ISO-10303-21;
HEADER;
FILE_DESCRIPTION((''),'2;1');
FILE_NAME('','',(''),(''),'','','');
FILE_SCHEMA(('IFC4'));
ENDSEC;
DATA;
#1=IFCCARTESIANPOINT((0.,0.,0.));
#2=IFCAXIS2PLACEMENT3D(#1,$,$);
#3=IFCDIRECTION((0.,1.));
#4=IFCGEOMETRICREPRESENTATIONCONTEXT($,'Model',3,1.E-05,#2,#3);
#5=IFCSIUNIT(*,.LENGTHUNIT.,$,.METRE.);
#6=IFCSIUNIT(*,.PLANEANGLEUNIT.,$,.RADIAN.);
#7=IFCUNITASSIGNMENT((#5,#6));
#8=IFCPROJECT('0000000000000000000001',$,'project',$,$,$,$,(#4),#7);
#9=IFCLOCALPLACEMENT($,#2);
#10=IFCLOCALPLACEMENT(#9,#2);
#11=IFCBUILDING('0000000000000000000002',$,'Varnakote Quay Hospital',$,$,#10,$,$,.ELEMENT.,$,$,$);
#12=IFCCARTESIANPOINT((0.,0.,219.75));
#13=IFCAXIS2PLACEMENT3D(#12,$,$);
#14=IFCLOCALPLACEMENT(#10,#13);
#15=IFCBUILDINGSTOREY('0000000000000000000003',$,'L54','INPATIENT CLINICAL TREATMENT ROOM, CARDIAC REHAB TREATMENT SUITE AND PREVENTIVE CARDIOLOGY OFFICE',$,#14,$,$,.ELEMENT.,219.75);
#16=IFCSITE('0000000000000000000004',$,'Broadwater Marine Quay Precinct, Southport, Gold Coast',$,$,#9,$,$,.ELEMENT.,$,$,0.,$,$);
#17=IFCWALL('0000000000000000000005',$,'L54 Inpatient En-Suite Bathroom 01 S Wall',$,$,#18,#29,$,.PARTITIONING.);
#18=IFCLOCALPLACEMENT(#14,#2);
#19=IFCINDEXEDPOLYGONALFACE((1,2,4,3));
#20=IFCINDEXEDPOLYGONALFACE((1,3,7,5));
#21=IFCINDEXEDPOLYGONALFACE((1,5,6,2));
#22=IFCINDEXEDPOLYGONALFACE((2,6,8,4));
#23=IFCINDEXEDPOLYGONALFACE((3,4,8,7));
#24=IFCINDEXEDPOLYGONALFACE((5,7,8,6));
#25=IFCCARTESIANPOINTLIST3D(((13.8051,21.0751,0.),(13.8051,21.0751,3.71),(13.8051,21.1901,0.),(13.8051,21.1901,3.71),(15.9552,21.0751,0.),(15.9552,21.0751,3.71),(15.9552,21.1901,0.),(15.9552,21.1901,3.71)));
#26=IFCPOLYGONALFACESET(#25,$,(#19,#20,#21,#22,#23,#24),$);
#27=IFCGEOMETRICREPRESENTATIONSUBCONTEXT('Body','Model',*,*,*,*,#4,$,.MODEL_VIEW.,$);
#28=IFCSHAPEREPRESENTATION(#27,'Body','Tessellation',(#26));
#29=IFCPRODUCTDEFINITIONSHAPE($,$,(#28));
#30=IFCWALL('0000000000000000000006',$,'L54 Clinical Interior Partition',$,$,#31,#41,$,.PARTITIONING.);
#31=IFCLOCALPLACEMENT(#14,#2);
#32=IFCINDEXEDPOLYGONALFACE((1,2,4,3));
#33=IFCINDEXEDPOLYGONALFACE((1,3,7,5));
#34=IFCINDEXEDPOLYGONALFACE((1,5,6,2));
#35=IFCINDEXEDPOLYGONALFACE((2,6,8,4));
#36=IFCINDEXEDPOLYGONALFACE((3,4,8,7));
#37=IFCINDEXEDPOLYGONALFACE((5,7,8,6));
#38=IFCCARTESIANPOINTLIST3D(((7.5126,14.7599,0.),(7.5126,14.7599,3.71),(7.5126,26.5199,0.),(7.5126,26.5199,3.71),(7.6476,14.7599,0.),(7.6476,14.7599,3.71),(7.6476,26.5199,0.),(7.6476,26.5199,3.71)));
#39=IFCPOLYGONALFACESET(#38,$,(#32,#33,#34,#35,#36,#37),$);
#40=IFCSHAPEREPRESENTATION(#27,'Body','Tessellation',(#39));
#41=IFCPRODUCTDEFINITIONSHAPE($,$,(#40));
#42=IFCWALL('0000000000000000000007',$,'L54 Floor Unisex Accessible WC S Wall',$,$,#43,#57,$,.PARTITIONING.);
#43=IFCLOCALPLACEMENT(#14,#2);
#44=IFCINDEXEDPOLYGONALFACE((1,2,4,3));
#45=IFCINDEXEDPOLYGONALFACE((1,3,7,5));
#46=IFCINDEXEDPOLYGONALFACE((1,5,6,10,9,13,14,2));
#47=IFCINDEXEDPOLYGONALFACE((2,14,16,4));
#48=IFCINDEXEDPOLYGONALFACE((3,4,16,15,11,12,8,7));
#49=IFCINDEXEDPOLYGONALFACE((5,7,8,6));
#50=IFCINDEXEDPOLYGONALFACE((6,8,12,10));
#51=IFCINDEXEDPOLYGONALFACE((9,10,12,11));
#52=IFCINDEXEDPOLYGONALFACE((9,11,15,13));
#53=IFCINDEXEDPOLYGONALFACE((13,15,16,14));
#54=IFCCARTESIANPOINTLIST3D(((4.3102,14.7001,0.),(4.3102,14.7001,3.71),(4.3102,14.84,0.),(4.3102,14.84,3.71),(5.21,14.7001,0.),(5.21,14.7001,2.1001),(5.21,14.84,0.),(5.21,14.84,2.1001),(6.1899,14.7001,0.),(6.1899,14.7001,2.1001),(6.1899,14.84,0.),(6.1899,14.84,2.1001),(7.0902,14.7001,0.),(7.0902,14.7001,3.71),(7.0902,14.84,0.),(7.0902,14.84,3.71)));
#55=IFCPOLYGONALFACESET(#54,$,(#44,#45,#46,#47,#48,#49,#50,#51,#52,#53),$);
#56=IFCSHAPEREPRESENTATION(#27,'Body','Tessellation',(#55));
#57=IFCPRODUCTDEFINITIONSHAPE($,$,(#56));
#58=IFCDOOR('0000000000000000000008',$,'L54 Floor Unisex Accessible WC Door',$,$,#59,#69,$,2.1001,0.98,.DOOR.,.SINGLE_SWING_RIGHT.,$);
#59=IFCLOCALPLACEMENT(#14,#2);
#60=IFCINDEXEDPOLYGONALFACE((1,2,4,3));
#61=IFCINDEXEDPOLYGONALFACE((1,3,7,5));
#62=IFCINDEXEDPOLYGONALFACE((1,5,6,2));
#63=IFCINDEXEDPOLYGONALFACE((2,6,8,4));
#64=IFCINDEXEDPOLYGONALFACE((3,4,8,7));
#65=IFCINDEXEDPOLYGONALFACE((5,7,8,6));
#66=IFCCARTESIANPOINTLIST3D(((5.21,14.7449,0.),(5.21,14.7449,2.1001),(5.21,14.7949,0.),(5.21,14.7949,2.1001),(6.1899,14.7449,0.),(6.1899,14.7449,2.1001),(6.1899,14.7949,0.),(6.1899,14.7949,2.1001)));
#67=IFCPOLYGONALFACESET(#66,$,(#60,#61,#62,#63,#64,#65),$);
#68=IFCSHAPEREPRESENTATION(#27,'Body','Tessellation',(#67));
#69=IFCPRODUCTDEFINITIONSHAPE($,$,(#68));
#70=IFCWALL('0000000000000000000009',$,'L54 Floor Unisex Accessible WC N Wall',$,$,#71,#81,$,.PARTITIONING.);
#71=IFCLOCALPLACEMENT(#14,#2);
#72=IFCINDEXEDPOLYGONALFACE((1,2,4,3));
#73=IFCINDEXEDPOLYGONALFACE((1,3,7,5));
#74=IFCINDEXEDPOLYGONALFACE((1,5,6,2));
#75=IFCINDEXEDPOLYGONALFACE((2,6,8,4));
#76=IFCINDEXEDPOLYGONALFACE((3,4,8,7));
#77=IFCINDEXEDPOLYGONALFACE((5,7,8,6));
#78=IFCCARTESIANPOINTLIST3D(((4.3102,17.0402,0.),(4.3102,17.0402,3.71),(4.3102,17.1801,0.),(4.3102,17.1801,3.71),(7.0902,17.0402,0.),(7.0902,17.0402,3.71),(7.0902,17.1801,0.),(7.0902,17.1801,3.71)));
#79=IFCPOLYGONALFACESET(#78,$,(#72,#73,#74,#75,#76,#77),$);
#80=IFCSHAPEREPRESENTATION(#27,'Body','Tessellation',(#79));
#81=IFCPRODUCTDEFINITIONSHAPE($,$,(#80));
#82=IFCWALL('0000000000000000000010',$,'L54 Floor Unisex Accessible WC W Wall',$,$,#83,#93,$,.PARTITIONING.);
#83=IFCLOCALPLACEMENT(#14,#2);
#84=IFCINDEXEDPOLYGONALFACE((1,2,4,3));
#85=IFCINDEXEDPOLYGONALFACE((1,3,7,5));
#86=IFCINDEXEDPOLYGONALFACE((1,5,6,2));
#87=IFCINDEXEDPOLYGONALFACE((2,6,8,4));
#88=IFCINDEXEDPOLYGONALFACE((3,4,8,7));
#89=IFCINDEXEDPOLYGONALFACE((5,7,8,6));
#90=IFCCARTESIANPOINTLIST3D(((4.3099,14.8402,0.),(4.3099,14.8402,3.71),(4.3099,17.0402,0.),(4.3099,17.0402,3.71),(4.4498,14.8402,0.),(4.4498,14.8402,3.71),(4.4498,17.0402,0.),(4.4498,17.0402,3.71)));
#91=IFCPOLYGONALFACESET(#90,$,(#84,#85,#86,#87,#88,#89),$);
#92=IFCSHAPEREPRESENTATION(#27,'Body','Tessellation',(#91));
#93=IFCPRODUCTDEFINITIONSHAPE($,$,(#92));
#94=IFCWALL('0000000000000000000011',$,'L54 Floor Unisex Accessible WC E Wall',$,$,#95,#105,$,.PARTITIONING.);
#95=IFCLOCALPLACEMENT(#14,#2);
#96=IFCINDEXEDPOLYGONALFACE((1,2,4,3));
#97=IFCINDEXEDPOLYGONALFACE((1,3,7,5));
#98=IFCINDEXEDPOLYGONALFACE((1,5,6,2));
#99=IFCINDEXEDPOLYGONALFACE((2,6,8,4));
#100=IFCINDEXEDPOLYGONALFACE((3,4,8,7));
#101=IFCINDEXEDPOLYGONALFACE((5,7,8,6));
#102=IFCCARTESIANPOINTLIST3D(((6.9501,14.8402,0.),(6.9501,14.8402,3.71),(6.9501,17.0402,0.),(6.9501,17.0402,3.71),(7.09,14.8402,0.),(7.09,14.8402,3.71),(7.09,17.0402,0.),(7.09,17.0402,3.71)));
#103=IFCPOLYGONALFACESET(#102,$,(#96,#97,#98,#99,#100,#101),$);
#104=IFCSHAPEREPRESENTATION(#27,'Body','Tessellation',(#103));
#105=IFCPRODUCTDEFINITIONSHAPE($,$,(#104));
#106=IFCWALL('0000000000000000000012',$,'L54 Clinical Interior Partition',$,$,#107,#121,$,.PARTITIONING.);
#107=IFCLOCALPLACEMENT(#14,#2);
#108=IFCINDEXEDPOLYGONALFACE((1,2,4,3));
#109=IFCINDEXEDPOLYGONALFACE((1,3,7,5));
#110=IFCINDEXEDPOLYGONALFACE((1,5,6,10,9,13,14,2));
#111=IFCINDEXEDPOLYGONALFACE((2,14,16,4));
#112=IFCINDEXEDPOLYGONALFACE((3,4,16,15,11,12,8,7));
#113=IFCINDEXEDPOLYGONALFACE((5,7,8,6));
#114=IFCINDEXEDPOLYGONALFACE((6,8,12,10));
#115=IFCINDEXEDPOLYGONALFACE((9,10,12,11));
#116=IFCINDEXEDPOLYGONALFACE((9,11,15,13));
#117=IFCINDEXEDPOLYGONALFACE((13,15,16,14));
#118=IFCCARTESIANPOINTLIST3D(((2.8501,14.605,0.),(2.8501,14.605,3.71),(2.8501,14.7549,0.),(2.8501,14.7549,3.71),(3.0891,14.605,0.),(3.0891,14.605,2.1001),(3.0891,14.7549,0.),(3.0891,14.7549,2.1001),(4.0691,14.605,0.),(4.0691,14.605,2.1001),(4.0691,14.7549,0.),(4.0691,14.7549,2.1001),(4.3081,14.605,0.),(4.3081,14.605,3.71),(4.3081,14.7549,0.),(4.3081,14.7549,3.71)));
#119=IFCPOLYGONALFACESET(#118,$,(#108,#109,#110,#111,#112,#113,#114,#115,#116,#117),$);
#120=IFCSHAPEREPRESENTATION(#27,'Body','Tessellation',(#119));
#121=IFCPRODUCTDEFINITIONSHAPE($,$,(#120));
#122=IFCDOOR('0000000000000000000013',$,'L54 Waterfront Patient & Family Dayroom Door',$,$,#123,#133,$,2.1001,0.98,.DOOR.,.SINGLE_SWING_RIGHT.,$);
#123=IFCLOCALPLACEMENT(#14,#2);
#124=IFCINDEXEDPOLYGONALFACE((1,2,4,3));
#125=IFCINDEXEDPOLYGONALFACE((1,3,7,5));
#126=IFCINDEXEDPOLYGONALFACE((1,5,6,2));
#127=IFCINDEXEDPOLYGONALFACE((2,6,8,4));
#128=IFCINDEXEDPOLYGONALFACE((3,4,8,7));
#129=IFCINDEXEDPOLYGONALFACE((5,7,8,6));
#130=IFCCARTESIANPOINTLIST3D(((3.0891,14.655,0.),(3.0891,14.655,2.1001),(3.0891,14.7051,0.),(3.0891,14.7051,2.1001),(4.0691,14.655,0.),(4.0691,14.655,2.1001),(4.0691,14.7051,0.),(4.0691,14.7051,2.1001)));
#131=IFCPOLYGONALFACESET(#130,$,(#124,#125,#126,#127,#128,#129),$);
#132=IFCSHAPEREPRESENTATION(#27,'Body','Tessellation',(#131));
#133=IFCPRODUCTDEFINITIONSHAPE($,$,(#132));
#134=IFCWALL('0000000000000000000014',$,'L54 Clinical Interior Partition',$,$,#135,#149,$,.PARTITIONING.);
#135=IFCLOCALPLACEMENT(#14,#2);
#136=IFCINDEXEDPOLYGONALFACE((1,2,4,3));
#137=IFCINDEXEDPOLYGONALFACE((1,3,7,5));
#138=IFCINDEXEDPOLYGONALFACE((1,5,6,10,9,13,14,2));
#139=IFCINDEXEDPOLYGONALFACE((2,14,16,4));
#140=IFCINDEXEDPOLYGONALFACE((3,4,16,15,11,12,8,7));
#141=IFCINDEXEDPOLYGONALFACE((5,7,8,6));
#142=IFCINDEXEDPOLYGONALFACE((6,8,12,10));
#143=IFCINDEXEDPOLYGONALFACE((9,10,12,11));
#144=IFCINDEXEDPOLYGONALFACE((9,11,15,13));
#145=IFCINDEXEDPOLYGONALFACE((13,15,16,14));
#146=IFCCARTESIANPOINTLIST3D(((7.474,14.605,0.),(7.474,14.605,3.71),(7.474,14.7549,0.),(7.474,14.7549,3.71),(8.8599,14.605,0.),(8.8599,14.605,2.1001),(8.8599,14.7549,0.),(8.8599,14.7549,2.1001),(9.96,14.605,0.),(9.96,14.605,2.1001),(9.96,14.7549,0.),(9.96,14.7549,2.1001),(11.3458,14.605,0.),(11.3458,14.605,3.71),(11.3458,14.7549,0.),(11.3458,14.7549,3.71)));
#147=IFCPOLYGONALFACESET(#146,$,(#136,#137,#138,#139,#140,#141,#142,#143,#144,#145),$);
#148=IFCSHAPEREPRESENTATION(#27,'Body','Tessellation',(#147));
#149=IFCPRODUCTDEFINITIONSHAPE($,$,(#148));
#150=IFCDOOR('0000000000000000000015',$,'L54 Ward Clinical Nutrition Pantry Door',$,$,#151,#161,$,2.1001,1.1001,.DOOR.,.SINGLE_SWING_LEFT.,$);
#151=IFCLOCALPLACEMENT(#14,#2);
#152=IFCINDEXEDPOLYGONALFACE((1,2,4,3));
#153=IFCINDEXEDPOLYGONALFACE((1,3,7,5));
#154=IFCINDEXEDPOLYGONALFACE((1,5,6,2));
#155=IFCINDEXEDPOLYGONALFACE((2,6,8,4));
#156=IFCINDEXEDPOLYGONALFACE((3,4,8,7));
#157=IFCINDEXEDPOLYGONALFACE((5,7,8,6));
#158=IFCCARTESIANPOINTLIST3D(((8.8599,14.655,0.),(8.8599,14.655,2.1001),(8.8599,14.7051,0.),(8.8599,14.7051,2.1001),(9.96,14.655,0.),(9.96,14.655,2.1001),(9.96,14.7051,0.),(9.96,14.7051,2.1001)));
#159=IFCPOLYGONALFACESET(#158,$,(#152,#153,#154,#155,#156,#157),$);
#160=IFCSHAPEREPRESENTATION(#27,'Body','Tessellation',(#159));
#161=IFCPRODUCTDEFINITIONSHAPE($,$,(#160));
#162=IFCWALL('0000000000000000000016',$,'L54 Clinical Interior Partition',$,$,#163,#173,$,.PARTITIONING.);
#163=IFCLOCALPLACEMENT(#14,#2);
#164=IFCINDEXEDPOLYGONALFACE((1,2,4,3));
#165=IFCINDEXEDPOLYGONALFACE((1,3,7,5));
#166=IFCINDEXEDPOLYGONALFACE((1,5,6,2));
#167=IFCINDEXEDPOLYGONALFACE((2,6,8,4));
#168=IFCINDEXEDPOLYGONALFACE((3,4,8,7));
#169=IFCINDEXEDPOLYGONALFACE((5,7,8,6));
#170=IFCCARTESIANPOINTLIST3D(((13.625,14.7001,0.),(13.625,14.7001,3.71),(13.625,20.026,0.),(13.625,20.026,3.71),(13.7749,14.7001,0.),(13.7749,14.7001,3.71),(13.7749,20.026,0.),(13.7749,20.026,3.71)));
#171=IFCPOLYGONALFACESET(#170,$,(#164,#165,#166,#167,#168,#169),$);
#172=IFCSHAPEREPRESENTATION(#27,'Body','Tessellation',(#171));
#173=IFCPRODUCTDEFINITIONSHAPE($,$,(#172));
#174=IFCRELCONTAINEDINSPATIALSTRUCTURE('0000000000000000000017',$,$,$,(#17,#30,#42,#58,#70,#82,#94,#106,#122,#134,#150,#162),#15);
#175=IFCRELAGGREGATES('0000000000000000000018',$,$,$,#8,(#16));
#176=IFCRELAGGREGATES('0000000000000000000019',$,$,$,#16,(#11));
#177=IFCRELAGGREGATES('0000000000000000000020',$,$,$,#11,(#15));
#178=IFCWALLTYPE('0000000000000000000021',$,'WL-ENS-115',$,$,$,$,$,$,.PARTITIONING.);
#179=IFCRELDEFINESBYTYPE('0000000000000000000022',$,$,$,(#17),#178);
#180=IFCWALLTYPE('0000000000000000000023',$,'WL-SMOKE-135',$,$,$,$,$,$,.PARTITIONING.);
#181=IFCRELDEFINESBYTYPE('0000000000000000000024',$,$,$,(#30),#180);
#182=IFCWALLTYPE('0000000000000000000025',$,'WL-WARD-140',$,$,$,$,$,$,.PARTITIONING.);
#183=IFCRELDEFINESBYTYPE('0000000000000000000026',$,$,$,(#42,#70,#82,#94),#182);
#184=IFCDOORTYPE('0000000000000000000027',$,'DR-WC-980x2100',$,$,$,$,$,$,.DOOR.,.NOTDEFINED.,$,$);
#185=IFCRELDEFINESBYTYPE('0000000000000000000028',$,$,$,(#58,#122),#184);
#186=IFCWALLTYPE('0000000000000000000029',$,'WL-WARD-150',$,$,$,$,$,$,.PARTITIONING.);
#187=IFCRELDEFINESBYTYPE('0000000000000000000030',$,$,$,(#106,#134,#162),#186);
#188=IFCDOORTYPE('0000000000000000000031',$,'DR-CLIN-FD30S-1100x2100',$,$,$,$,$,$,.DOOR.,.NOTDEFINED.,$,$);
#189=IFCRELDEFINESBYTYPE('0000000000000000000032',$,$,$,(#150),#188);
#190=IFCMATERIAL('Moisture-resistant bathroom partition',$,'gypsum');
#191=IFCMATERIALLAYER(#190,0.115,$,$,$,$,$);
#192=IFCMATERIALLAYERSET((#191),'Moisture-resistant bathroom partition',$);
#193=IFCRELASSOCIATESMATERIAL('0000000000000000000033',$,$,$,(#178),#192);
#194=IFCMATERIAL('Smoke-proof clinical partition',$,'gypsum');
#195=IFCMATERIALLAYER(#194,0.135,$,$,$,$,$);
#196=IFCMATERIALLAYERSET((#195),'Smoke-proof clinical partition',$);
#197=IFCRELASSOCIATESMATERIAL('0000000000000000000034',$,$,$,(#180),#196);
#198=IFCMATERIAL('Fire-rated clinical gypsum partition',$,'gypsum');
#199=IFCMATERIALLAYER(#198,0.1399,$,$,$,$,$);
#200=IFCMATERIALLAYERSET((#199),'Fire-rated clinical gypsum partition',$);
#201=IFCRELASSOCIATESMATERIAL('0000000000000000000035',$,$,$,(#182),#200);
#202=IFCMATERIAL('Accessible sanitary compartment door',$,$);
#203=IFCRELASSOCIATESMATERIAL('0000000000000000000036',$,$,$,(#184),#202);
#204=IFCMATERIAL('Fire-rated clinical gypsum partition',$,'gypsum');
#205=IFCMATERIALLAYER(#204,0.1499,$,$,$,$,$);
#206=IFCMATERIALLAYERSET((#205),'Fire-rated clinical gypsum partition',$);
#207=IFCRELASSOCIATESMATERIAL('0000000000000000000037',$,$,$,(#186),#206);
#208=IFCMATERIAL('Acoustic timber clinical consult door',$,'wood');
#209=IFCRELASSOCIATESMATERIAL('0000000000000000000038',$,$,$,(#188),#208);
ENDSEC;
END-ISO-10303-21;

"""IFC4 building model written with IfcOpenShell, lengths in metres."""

from ifc_helpers import new_model, si_unit, direction, frame, frame_2d, origin, place, context, subcontext, project, spatial, rectangle, extrude, material, layer, layer_set, type_object, element, fill, save


model = new_model("IFC4")

# Units and contexts
model_context = context("Model", 3, precision=1e-05, world=origin(), true_north=direction((0.0, 1.0)))
body_context = subcontext(model_context, "Body", "Model", "MODEL_VIEW")
ifc_project = project(units=[si_unit("LENGTHUNIT", "METRE"), si_unit("PLANEANGLEUNIT", "RADIAN")], contexts=[model_context])

# Site, building, storey
site_placement = place(None, origin())
site = spatial("IfcSite", under=ifc_project, at=site_placement, Name="Broadwater Marine Quay Precinct, Southport, Gold Coast", CompositionType="ELEMENT", RefElevation=0.0)
building_placement = place(site_placement, origin())
building = spatial("IfcBuilding", under=site, at=building_placement, Name="Varnakote Quay Hospital", CompositionType="ELEMENT")
storey_placement = place(building_placement, frame((0.0, 0.0, 219.75)))
storey = spatial("IfcBuildingStorey", under=building, at=storey_placement, Name="L54", Description="INPATIENT CLINICAL TREATMENT ROOM, CARDIAC REHAB TREATMENT SUITE AND PREVENTIVE CARDIOLOGY OFFICE", CompositionType="ELEMENT", Elevation=219.75)

# Walls
ifc_material_1 = material(Name="Moisture-resistant bathroom partition", Category="gypsum")
ifc_layer_1 = layer(ifc_material_1, 0.115)
ifc_layer_set_1 = layer_set([ifc_layer_1], Name="Moisture-resistant bathroom partition")
wall_type_1 = type_object("IfcWallType", Name="WL-ENS-115", PredefinedType="PARTITIONING", material=ifc_layer_set_1)
wall_1_placement = place(storey_placement, frame((13.8049, 21.1326, 0.0), z_axis=(0.0, 0.0, 1.0), x_axis=(1.0, 0.0, 0.0)))
element("IfcWall", 1, at=wall_1_placement, inside=storey, type_object=wall_type_1, Name="L54 Inpatient En-Suite Bathroom 01 S Wall", PredefinedType="PARTITIONING", context=body_context, shape_type="SweptSolid", body=[
    extrude(rectangle(XDim=2.1501, YDim=0.115, at=frame_2d((1.0752, 0.0))), origin(), (0.0, 0.0, 1.0), 3.71),
])
ifc_material_2 = material(Name="Smoke-proof clinical partition", Category="gypsum")
ifc_layer_2 = layer(ifc_material_2, 0.135)
ifc_layer_set_2 = layer_set([ifc_layer_2], Name="Smoke-proof clinical partition")
wall_type_2 = type_object("IfcWallType", Name="WL-SMOKE-135", PredefinedType="PARTITIONING", material=ifc_layer_set_2)
wall_2_placement = place(storey_placement, frame((7.5801, 14.76, 0.0), z_axis=(0.0, 0.0, 1.0), x_axis=(0.0, 1.0, 0.0)))
element("IfcWall", 2, at=wall_2_placement, inside=storey, type_object=wall_type_2, Name="L54 Clinical Interior Partition", PredefinedType="PARTITIONING", context=body_context, shape_type="SweptSolid", body=[
    extrude(rectangle(XDim=11.76, YDim=0.135, at=frame_2d((5.8799, 0.0))), origin(), (0.0, 0.0, 1.0), 3.71),
])

# Wall, opening, door
ifc_material_3 = material(Name="Fire-rated clinical gypsum partition", Category="gypsum")
ifc_layer_3 = layer(ifc_material_3, 0.1399)
ifc_layer_set_3 = layer_set([ifc_layer_3], Name="Fire-rated clinical gypsum partition")
wall_type_3 = type_object("IfcWallType", Name="WL-WARD-140", PredefinedType="PARTITIONING", material=ifc_layer_set_3)
wall_3_placement = place(storey_placement, frame((4.3101, 14.77, 0.0), z_axis=(0.0, 0.0, 1.0), x_axis=(1.0, 0.0, 0.0)))
wall_3 = element("IfcWall", 3, at=wall_3_placement, inside=storey, type_object=wall_type_3, Name="L54 Floor Unisex Accessible WC S Wall", PredefinedType="PARTITIONING", context=body_context, shape_type="SweptSolid", body=[
    extrude(rectangle(XDim=2.78, YDim=0.1399, at=frame_2d((1.3901, 0.0))), origin(), (0.0, 0.0, 1.0), 3.71),
])
opening_1_placement = place(wall_3_placement, frame((0.8999, 0.0, 0.0)))
opening_1 = element("IfcOpeningElement", 4, at=opening_1_placement, cuts=wall_3, PredefinedType="OPENING", context=body_context, shape_type="SweptSolid", body=[
    extrude(rectangle(XDim=0.98, YDim=2.1001, at=frame_2d((0.49, 1.05))), frame((0.0, 0.0798, 0.0), z_axis=(0.0, -1.0, 0.0), x_axis=(1.0, 0.0, 0.0)), (0.0, 0.0, 1.0), 0.1599),
])
ifc_material_4 = material(Name="Accessible sanitary compartment door")
door_type_1 = type_object("IfcDoorType", Name="DR-WC-980x2100", OperationType="NOTDEFINED", PredefinedType="DOOR", material=ifc_material_4)
door_1_placement = place(opening_1_placement, origin())
door_1 = element("IfcDoor", 5, at=door_1_placement, inside=storey, type_object=door_type_1, Name="L54 Floor Unisex Accessible WC Door", OperationType="SINGLE_SWING_RIGHT", OverallHeight=2.1001, OverallWidth=0.98, PredefinedType="DOOR", context=body_context, shape_type="SweptSolid", body=[
    extrude(rectangle(XDim=0.98, YDim=2.1001, at=frame_2d((0.49, 1.05))), frame((0.0, 0.0249, 0.0), z_axis=(0.0, -1.0, 0.0), x_axis=(1.0, 0.0, 0.0)), (0.0, 0.0, 1.0), 0.05),
])
fill(opening_1, door_1)

# Walls
wall_4_placement = place(storey_placement, frame((4.3101, 17.1101, 0.0), z_axis=(0.0, 0.0, 1.0), x_axis=(1.0, 0.0, 0.0)))
element("IfcWall", 6, at=wall_4_placement, inside=storey, type_object=wall_type_3, Name="L54 Floor Unisex Accessible WC N Wall", PredefinedType="PARTITIONING", context=body_context, shape_type="SweptSolid", body=[
    extrude(rectangle(XDim=2.78, YDim=0.1399, at=frame_2d((1.3901, 0.0))), origin(), (0.0, 0.0, 1.0), 3.71),
])
for number, where, z_axis, x_axis, name in (
    (7, (4.3799, 14.8401, 0.0), (0.0, 0.0, 1.0), (0.0, 1.0, 0.0), "L54 Floor Unisex Accessible WC W Wall"),
    (8, (7.02, 14.8401, 0.0), (0.0, 0.0, 1.0), (0.0, 1.0, 0.0), "L54 Floor Unisex Accessible WC E Wall"),
):
    element("IfcWall", number, at=place(storey_placement, frame(where, z_axis=z_axis, x_axis=x_axis)), inside=storey, type_object=wall_type_3, Name=name, PredefinedType="PARTITIONING", context=body_context, shape_type="SweptSolid", body=[
        extrude(rectangle(XDim=2.2, YDim=0.1399, at=frame_2d((1.1001, 0.0))), origin(), (0.0, 0.0, 1.0), 3.71),
    ])

# Walls, openings, doors
ifc_material_5 = material(Name="Fire-rated clinical gypsum partition", Category="gypsum")
ifc_layer_4 = layer(ifc_material_5, 0.1499)
ifc_layer_set_4 = layer_set([ifc_layer_4], Name="Fire-rated clinical gypsum partition")
wall_type_4 = type_object("IfcWallType", Name="WL-WARD-150", PredefinedType="PARTITIONING", material=ifc_layer_set_4)
wall_5_placement = place(storey_placement, frame((4.3081, 14.6799, 0.0), z_axis=(0.0, 0.0, 1.0), x_axis=(-1.0, 0.0, 0.0)))
wall_5 = element("IfcWall", 9, at=wall_5_placement, inside=storey, type_object=wall_type_4, Name="L54 Clinical Interior Partition", PredefinedType="PARTITIONING", context=body_context, shape_type="SweptSolid", body=[
    extrude(rectangle(XDim=1.458, YDim=0.1499, at=frame_2d((0.729, 0.0))), origin(), (0.0, 0.0, 1.0), 3.71),
])
opening_2_placement = place(wall_5_placement, frame((0.239, 0.0, 0.0)))
opening_2 = element("IfcOpeningElement", 10, at=opening_2_placement, cuts=wall_5, PredefinedType="OPENING", context=body_context, shape_type="SweptSolid", body=[
    extrude(rectangle(XDim=0.98, YDim=2.1001, at=frame_2d((0.49, 1.05))), frame((0.0, 0.085, 0.0), z_axis=(0.0, -1.0, 0.0), x_axis=(1.0, 0.0, 0.0)), (0.0, 0.0, 1.0), 0.1699),
])
door_2_placement = place(opening_2_placement, origin())
door_2 = element("IfcDoor", 11, at=door_2_placement, inside=storey, type_object=door_type_1, Name="L54 Waterfront Patient & Family Dayroom Door", OperationType="SINGLE_SWING_RIGHT", OverallHeight=2.1001, OverallWidth=0.98, PredefinedType="DOOR", context=body_context, shape_type="SweptSolid", body=[
    extrude(rectangle(XDim=0.98, YDim=2.1001, at=frame_2d((0.49, 1.05))), frame((0.0, 0.0249, 0.0), z_axis=(0.0, -1.0, 0.0), x_axis=(1.0, 0.0, 0.0)), (0.0, 0.0, 1.0), 0.05),
])
fill(opening_2, door_2)
wall_6_placement = place(storey_placement, frame((11.3459, 14.6799, 0.0), z_axis=(0.0, 0.0, 1.0), x_axis=(-1.0, 0.0, 0.0)))
wall_6 = element("IfcWall", 12, at=wall_6_placement, inside=storey, type_object=wall_type_4, Name="L54 Clinical Interior Partition", PredefinedType="PARTITIONING", context=body_context, shape_type="SweptSolid", body=[
    extrude(rectangle(XDim=3.8718, YDim=0.1499, at=frame_2d((1.936, 0.0))), origin(), (0.0, 0.0, 1.0), 3.71),
])
opening_3_placement = place(wall_6_placement, frame((1.386, 0.0, 0.0)))
opening_3 = element("IfcOpeningElement", 13, at=opening_3_placement, cuts=wall_6, PredefinedType="OPENING", context=body_context, shape_type="SweptSolid", body=[
    extrude(rectangle(XDim=1.1001, YDim=2.1001, at=frame_2d((0.55, 1.05))), frame((0.0, 0.085, 0.0), z_axis=(0.0, -1.0, 0.0), x_axis=(1.0, 0.0, 0.0)), (0.0, 0.0, 1.0), 0.1699),
])
ifc_material_6 = material(Name="Acoustic timber clinical consult door", Category="wood")
door_type_2 = type_object("IfcDoorType", Name="DR-CLIN-FD30S-1100x2100", OperationType="NOTDEFINED", PredefinedType="DOOR", material=ifc_material_6)
door_3_placement = place(opening_3_placement, origin())
door_3 = element("IfcDoor", 14, at=door_3_placement, inside=storey, type_object=door_type_2, Name="L54 Ward Clinical Nutrition Pantry Door", OperationType="SINGLE_SWING_LEFT", OverallHeight=2.1001, OverallWidth=1.1001, PredefinedType="DOOR", context=body_context, shape_type="SweptSolid", body=[
    extrude(rectangle(XDim=1.1001, YDim=2.1001, at=frame_2d((0.55, 1.05))), frame((0.0, 0.0249, 0.0), z_axis=(0.0, -1.0, 0.0), x_axis=(1.0, 0.0, 0.0)), (0.0, 0.0, 1.0), 0.05),
])
fill(opening_3, door_3)

# Wall
wall_7_placement = place(storey_placement, frame((13.7, 14.7, 0.0), z_axis=(0.0, 0.0, 1.0), x_axis=(0.0, 1.0, 0.0)))
element("IfcWall", 15, at=wall_7_placement, inside=storey, type_object=wall_type_4, Name="L54 Clinical Interior Partition", PredefinedType="PARTITIONING", context=body_context, shape_type="SweptSolid", body=[
    extrude(rectangle(XDim=5.3259, YDim=0.1499, at=frame_2d((2.6631, 0.0))), origin(), (0.0, 0.0, 1.0), 3.71),
])

save(model, "model.ifc")
